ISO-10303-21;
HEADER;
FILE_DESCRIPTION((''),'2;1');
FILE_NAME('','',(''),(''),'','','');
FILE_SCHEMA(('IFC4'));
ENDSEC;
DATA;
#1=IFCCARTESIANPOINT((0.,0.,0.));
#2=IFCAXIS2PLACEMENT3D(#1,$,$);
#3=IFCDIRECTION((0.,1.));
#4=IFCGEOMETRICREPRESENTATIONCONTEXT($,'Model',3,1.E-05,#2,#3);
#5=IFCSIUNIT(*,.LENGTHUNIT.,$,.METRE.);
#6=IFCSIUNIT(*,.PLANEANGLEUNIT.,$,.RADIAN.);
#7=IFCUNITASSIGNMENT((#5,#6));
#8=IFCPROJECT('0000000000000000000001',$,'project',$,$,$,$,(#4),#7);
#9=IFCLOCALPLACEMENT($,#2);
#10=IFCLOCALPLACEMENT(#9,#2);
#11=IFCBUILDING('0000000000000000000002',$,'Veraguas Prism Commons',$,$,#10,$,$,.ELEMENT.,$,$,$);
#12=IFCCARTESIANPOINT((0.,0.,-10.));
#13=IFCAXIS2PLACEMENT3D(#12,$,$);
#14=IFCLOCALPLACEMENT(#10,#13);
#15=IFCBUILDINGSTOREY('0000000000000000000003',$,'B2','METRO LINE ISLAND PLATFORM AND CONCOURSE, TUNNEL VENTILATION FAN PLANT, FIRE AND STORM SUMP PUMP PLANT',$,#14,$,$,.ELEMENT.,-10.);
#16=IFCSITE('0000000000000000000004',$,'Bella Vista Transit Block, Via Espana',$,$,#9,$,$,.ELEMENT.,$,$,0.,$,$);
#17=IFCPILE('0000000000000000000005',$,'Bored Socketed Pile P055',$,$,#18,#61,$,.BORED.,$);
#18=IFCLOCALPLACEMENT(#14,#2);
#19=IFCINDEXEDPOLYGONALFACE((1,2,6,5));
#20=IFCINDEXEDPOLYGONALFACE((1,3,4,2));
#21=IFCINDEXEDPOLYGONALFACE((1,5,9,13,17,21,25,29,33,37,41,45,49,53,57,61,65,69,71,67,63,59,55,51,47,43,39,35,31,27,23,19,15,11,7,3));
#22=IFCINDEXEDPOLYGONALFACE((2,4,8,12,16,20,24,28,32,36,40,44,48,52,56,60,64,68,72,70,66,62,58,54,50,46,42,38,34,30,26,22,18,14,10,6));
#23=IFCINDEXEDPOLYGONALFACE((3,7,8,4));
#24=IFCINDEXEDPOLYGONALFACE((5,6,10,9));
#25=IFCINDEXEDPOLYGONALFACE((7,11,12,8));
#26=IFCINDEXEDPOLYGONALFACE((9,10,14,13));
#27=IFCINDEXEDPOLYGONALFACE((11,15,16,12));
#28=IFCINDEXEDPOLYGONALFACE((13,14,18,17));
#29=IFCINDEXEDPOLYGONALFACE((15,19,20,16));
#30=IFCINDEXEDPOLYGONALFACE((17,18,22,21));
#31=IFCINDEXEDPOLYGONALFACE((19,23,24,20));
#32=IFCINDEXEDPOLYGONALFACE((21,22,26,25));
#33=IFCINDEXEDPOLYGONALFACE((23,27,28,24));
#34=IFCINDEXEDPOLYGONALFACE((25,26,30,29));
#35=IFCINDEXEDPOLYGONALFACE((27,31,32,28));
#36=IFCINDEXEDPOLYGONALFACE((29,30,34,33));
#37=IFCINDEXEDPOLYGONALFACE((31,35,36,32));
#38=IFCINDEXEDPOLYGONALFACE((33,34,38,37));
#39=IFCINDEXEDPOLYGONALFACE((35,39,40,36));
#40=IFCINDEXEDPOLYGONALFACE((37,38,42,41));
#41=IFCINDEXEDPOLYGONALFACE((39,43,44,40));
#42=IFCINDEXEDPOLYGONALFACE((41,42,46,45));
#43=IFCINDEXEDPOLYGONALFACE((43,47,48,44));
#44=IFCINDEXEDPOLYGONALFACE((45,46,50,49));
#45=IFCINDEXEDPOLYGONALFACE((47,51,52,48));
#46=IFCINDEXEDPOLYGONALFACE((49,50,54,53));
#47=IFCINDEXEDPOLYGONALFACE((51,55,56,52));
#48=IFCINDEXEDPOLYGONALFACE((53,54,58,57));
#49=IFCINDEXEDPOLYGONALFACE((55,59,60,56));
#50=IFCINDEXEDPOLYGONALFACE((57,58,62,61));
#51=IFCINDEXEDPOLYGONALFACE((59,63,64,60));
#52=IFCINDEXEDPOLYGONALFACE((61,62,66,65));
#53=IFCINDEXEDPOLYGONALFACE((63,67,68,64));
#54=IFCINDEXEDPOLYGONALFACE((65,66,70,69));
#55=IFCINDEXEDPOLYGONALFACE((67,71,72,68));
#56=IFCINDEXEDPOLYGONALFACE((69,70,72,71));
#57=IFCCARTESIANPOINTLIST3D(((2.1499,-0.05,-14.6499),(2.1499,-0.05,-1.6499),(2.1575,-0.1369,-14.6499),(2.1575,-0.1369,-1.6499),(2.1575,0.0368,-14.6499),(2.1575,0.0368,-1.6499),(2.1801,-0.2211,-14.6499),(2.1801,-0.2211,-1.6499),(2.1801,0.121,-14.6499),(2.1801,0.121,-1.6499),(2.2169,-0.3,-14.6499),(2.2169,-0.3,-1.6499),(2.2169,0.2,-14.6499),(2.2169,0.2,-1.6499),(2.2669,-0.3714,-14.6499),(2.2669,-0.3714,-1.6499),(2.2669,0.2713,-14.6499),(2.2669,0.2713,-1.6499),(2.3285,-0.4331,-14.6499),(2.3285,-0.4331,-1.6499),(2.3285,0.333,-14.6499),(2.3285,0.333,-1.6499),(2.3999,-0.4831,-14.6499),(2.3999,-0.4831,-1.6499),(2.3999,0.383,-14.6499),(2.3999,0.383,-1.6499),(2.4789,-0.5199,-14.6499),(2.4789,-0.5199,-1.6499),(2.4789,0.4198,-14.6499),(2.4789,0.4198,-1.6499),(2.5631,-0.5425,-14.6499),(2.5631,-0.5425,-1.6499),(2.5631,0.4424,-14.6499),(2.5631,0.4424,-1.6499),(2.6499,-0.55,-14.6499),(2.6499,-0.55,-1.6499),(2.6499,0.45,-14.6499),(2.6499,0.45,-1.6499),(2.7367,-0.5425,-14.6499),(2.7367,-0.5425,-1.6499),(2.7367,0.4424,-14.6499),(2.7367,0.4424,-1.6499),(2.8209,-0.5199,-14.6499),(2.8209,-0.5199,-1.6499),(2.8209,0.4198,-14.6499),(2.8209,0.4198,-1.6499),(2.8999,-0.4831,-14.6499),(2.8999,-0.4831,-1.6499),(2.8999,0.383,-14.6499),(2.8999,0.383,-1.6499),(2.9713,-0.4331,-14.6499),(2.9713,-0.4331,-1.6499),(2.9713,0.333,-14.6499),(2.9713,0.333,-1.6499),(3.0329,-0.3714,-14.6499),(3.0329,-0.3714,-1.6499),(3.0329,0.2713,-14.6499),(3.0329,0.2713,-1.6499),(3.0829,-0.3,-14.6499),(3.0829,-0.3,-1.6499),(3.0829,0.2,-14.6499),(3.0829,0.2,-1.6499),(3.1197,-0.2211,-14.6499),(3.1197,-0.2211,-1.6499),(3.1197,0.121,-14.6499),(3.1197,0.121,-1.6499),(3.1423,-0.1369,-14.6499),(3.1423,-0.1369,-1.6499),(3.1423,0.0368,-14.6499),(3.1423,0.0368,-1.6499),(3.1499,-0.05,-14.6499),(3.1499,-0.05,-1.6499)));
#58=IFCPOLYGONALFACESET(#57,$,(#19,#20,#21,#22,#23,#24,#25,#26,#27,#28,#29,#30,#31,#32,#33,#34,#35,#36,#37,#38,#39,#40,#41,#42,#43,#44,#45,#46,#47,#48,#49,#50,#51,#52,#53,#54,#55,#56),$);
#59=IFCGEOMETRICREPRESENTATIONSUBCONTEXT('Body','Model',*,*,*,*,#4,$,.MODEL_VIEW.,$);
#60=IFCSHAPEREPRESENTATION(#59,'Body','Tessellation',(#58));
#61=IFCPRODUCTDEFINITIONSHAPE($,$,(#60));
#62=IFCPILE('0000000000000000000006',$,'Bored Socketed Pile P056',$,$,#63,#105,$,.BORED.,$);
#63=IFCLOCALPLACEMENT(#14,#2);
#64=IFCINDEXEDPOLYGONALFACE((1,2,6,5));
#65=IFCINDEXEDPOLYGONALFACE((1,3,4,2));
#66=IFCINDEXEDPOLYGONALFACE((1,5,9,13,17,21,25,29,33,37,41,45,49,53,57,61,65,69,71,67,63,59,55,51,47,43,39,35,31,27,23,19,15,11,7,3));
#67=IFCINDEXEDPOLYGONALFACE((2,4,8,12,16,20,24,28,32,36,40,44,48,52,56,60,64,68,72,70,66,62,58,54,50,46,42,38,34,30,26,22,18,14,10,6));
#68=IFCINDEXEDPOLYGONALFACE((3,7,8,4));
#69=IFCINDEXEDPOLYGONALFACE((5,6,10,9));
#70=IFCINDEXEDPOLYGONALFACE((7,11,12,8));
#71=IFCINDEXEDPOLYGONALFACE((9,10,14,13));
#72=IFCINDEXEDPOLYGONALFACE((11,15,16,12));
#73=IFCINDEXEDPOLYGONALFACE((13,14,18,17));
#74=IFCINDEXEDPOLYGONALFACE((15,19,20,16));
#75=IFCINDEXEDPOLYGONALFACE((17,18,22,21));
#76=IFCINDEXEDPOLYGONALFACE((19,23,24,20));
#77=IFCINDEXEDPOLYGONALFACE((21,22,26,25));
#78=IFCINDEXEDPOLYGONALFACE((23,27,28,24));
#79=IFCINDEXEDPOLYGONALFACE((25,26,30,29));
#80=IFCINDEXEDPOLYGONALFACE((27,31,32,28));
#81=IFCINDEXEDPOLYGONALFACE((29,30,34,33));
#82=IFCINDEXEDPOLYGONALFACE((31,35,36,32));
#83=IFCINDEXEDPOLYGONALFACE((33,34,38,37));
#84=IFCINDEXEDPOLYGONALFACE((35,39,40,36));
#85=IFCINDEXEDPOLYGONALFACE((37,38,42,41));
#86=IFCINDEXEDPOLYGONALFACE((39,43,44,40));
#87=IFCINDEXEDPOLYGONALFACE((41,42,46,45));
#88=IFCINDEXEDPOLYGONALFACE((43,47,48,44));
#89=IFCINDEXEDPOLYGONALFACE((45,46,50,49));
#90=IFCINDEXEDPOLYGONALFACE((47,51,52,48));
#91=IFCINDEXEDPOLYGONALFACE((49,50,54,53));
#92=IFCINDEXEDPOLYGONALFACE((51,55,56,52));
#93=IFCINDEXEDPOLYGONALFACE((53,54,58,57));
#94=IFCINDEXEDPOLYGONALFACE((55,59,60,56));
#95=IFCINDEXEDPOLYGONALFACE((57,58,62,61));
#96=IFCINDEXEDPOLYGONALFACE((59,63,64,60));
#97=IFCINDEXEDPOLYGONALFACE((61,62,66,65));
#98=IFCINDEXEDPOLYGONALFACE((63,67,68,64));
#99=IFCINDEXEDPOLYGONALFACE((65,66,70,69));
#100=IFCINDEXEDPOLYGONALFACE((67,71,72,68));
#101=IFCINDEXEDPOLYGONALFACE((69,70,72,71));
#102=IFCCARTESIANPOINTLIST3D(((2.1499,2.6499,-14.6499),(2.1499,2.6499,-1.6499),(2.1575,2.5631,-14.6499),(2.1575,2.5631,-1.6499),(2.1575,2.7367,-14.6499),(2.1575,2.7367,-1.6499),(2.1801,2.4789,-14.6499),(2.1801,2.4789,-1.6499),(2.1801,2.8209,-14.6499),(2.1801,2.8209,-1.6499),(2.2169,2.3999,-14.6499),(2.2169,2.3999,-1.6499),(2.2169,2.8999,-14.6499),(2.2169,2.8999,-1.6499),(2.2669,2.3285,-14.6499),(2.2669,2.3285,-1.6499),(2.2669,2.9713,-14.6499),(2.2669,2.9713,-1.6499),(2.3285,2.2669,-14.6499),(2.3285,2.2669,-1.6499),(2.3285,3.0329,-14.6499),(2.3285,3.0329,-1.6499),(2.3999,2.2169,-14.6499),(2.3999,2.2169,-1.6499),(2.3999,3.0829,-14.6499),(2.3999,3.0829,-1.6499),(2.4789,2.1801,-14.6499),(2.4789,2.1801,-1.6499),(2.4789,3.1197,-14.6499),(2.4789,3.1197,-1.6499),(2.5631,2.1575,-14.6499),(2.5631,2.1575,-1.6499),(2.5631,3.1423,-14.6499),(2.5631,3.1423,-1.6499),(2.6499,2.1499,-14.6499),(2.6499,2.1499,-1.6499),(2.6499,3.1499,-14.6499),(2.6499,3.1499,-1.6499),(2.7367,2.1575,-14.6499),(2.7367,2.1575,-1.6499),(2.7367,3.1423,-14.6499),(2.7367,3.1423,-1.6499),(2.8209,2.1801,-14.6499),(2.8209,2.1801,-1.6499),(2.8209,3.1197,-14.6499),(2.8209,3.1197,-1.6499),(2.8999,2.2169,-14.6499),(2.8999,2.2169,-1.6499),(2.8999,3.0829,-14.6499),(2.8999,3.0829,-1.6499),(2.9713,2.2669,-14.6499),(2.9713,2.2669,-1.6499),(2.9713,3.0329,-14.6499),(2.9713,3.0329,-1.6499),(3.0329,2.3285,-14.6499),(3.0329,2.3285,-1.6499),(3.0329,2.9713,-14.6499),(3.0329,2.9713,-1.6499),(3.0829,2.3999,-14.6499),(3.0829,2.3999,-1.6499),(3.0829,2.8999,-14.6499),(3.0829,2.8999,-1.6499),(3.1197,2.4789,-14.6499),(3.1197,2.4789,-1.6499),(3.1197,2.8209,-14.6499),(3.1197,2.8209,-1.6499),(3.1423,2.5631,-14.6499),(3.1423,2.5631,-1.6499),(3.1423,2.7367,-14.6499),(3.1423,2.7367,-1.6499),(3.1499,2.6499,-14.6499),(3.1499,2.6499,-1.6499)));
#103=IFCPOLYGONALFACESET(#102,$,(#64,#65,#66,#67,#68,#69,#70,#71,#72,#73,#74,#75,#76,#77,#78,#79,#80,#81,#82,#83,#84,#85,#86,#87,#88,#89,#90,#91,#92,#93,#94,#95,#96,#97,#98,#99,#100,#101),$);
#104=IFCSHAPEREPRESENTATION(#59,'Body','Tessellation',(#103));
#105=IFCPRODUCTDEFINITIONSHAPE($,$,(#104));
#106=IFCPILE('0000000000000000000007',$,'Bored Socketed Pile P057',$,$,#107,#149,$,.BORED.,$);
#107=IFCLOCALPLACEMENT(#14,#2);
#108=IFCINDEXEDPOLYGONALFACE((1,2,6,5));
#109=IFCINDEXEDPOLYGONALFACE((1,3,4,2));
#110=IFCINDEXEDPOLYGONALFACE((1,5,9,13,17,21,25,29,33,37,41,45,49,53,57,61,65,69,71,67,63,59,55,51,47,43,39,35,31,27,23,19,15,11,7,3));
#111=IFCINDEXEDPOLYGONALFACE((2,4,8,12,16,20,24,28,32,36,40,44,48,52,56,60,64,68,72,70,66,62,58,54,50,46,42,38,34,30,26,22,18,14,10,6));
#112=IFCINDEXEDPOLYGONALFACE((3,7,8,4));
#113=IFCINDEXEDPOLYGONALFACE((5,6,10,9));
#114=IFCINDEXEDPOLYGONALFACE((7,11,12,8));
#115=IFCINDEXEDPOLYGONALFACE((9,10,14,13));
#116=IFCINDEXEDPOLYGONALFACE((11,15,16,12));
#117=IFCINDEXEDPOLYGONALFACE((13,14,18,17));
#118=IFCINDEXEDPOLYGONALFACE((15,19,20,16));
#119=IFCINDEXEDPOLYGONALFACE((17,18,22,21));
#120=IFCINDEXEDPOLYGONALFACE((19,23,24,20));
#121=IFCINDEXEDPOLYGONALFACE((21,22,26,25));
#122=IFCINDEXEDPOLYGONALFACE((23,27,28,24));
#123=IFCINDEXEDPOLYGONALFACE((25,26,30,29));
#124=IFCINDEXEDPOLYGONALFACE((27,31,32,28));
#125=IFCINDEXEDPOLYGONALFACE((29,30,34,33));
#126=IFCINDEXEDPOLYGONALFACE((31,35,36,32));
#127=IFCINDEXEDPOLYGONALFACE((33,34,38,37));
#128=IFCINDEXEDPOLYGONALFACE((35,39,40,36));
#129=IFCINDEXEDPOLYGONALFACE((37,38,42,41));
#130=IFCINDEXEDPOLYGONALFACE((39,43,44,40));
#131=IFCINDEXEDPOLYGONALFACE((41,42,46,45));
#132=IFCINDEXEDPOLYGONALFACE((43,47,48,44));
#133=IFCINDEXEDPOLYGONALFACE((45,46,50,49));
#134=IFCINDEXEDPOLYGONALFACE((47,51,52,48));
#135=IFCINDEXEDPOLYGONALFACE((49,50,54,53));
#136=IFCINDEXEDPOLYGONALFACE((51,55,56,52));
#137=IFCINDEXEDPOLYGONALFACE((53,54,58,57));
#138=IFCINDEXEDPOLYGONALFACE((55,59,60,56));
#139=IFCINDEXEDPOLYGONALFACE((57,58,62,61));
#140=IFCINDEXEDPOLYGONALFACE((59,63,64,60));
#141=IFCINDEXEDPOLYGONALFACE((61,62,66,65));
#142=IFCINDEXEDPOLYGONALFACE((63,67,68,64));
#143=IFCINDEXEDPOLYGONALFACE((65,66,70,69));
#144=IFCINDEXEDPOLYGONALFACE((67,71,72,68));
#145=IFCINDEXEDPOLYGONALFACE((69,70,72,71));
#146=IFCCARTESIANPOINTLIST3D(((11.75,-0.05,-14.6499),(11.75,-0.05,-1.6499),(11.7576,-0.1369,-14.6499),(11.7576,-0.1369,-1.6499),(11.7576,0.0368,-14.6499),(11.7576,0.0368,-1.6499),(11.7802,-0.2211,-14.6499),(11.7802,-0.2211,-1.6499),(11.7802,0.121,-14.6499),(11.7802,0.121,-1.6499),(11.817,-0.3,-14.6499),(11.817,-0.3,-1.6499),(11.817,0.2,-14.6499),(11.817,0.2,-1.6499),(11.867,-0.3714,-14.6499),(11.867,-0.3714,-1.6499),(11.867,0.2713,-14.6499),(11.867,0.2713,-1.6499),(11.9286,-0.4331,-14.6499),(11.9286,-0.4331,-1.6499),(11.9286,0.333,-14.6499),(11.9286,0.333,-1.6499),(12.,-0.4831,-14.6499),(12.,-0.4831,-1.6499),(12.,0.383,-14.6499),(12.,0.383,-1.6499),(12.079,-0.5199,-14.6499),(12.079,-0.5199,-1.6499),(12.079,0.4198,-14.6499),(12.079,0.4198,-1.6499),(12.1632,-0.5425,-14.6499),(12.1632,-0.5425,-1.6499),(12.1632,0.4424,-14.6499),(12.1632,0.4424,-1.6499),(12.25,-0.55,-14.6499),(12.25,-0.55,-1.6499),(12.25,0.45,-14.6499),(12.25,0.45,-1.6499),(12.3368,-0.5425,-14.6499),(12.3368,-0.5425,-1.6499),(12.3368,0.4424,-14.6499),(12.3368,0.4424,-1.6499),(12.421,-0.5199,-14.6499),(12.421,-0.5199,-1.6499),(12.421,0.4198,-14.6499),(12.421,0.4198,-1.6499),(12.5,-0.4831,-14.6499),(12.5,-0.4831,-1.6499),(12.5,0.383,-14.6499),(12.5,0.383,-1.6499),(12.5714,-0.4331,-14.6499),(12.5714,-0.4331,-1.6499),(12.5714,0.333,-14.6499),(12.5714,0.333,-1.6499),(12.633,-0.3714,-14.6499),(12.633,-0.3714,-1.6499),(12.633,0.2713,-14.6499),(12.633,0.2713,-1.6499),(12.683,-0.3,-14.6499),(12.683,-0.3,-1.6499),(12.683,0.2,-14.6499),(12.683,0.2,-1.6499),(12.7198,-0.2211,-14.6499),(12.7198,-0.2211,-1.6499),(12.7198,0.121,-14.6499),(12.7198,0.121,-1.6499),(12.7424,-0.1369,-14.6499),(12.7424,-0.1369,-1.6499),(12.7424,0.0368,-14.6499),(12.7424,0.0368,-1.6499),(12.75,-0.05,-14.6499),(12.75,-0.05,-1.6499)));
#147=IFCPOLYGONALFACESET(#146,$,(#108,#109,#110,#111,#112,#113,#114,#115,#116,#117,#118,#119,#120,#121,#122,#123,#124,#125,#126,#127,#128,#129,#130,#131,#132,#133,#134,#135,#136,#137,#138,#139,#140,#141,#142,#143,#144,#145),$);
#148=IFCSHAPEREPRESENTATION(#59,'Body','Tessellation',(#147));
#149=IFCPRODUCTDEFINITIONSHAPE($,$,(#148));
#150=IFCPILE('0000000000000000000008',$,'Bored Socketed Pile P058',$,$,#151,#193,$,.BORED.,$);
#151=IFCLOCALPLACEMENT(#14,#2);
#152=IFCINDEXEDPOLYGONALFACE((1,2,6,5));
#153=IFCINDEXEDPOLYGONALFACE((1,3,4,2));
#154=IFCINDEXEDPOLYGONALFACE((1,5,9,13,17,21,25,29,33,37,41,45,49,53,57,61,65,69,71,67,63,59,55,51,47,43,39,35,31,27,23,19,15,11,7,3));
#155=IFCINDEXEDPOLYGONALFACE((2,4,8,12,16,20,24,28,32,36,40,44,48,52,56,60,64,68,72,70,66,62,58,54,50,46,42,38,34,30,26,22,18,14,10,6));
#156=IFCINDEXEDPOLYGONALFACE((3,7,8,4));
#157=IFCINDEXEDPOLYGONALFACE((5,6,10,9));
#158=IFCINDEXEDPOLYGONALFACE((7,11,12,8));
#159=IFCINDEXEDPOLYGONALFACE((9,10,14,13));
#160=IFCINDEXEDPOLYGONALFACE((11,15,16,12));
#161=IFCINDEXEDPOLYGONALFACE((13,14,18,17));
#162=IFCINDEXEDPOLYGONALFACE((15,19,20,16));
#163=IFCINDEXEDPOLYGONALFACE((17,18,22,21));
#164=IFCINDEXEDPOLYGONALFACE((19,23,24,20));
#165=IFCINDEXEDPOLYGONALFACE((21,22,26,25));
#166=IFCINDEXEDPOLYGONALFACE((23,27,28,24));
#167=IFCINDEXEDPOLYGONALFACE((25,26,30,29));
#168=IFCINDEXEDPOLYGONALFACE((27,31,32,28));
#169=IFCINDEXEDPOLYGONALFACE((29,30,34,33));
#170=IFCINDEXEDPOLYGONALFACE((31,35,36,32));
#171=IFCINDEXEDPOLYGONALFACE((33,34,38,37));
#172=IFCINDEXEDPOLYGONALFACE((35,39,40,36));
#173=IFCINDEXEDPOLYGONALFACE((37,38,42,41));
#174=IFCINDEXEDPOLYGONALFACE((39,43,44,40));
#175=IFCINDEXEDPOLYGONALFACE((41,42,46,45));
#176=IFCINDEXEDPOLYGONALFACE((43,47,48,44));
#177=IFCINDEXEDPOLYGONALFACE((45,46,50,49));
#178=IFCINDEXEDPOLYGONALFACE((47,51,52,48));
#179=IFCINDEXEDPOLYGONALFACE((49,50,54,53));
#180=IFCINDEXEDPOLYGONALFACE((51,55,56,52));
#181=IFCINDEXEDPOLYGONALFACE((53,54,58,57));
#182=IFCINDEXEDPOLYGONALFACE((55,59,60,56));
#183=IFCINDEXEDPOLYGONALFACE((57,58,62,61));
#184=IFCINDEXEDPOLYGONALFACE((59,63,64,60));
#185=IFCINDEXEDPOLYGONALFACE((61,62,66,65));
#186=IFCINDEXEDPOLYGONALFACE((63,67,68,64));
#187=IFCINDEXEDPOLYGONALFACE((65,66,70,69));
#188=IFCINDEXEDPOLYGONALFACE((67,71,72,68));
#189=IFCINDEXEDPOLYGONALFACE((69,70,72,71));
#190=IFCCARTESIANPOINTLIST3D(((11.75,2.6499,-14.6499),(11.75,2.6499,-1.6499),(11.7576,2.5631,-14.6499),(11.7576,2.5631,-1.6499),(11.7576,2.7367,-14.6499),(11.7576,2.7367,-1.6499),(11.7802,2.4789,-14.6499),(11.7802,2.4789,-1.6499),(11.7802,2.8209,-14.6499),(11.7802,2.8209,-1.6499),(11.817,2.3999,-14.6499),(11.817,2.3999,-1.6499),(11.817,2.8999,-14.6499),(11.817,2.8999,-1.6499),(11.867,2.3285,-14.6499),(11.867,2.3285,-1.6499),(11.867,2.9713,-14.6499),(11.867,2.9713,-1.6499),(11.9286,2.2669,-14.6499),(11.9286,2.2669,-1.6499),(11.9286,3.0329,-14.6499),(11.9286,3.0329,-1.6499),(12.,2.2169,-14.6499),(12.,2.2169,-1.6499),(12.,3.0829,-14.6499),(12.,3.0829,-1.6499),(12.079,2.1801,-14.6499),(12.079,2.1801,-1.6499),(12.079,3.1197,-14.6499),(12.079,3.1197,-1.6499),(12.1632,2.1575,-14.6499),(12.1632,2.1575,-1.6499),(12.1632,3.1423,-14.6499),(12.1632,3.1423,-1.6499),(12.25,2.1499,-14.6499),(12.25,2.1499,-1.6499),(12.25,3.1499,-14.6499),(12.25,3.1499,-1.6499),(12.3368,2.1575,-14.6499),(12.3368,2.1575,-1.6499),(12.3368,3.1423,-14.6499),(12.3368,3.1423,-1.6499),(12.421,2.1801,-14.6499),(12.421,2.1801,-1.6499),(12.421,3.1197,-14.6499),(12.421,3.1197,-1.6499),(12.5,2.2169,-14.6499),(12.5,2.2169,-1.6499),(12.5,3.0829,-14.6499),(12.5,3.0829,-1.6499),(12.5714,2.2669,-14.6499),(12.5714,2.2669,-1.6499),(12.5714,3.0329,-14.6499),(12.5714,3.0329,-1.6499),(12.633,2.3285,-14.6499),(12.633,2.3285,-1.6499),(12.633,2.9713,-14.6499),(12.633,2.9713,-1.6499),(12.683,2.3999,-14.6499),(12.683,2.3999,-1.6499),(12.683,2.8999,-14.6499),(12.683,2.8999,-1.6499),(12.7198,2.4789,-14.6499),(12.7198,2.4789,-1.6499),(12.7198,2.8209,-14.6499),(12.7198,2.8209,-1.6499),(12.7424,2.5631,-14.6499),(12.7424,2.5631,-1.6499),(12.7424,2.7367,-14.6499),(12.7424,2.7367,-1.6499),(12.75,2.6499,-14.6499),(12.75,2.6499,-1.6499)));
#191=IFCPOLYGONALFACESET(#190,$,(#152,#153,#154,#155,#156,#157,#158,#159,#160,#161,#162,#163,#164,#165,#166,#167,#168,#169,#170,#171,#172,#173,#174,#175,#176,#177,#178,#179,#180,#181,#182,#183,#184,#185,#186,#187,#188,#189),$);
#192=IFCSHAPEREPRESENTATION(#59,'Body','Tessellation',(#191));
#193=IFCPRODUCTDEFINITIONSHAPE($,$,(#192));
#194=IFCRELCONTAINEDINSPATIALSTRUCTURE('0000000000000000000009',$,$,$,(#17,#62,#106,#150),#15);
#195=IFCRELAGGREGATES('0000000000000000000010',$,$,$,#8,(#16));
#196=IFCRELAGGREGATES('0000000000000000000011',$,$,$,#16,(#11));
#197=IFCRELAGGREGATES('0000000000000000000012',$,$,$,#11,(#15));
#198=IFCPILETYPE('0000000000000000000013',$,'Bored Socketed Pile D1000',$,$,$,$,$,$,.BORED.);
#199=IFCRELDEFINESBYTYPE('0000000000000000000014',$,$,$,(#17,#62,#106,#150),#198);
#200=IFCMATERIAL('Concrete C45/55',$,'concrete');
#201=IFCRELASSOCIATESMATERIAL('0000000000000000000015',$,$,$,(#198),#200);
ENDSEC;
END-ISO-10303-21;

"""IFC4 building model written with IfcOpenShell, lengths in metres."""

from ifc_helpers import new_model, si_unit, direction, frame, origin, origin_2d, place, context, subcontext, project, spatial, circle, extrude, source, transform, mapped, material, material_profile, profile_set, type_object, element, save


model = new_model("IFC4")

# Units and contexts
model_context = context("Model", 3, precision=1e-05, world=origin(), true_north=direction((0.0, 1.0)))
body_context = subcontext(model_context, "Body", "Model", "MODEL_VIEW")
ifc_project = project(units=[si_unit("LENGTHUNIT", "METRE"), si_unit("PLANEANGLEUNIT", "RADIAN")], contexts=[model_context])

# Site, building, storey
site_placement = place(None, origin())
site = spatial("IfcSite", under=ifc_project, at=site_placement, Name="Bella Vista Transit Block, Via Espana", CompositionType="ELEMENT", RefElevation=0.0)
building_placement = place(site_placement, origin())
building = spatial("IfcBuilding", under=site, at=building_placement, Name="Veraguas Prism Commons", CompositionType="ELEMENT")
storey_placement = place(building_placement, frame((0.0, 0.0, -10.0)))
storey = spatial("IfcBuildingStorey", under=building, at=storey_placement, Name="B2", Description="METRO LINE ISLAND PLATFORM AND CONCOURSE, TUNNEL VENTILATION FAN PLANT, FIRE AND STORM SUMP PUMP PLANT", CompositionType="ELEMENT", Elevation=-10.0)

# Shared definitions
ifc_material_1 = material(Name="Concrete C45/55", Category="concrete")

# Piles
ifc_material_profile_1 = material_profile(ifc_material_1, circle(Radius=0.5, at=origin_2d()), Name="PILE1000")
ifc_profile_set_1 = profile_set([ifc_material_profile_1], Name="Concrete C45/55")
pile_type = type_object("IfcPileType", Name="Bored Socketed Pile D1000", PredefinedType="BORED", material=ifc_profile_set_1)
shared_shape_1 = source(origin(), body_context, "Body", "SweptSolid", [
    extrude(circle(Radius=0.5, at=origin_2d()), origin(), (0.0, 0.0, 1.0), 13.0),
])
for number, where, z_axis, x_axis, name in (
    (1, (2.6499, -0.05, -1.6499), (0.0, 0.0, -1.0), (1.0, 0.0, 0.0), "Bored Socketed Pile P055"),
    (2, (2.6499, 2.6499, -1.6499), (0.0, 0.0, -1.0), (1.0, 0.0, 0.0), "Bored Socketed Pile P056"),
    (3, (12.25, -0.05, -1.6499), (0.0, 0.0, -1.0), (1.0, 0.0, 0.0), "Bored Socketed Pile P057"),
    (4, (12.25, 2.6499, -1.6499), (0.0, 0.0, -1.0), (1.0, 0.0, 0.0), "Bored Socketed Pile P058"),
):
    element("IfcPile", number, at=place(storey_placement, frame(where, z_axis=z_axis, x_axis=x_axis)), inside=storey, type_object=pile_type, Name=name, PredefinedType="BORED", context=body_context, shape_type="MappedRepresentation", body=[
        mapped(shared_shape_1, transform((0.0, 0.0, 0.0), scale=1.0)),
    ])

save(model, "model.ifc")
